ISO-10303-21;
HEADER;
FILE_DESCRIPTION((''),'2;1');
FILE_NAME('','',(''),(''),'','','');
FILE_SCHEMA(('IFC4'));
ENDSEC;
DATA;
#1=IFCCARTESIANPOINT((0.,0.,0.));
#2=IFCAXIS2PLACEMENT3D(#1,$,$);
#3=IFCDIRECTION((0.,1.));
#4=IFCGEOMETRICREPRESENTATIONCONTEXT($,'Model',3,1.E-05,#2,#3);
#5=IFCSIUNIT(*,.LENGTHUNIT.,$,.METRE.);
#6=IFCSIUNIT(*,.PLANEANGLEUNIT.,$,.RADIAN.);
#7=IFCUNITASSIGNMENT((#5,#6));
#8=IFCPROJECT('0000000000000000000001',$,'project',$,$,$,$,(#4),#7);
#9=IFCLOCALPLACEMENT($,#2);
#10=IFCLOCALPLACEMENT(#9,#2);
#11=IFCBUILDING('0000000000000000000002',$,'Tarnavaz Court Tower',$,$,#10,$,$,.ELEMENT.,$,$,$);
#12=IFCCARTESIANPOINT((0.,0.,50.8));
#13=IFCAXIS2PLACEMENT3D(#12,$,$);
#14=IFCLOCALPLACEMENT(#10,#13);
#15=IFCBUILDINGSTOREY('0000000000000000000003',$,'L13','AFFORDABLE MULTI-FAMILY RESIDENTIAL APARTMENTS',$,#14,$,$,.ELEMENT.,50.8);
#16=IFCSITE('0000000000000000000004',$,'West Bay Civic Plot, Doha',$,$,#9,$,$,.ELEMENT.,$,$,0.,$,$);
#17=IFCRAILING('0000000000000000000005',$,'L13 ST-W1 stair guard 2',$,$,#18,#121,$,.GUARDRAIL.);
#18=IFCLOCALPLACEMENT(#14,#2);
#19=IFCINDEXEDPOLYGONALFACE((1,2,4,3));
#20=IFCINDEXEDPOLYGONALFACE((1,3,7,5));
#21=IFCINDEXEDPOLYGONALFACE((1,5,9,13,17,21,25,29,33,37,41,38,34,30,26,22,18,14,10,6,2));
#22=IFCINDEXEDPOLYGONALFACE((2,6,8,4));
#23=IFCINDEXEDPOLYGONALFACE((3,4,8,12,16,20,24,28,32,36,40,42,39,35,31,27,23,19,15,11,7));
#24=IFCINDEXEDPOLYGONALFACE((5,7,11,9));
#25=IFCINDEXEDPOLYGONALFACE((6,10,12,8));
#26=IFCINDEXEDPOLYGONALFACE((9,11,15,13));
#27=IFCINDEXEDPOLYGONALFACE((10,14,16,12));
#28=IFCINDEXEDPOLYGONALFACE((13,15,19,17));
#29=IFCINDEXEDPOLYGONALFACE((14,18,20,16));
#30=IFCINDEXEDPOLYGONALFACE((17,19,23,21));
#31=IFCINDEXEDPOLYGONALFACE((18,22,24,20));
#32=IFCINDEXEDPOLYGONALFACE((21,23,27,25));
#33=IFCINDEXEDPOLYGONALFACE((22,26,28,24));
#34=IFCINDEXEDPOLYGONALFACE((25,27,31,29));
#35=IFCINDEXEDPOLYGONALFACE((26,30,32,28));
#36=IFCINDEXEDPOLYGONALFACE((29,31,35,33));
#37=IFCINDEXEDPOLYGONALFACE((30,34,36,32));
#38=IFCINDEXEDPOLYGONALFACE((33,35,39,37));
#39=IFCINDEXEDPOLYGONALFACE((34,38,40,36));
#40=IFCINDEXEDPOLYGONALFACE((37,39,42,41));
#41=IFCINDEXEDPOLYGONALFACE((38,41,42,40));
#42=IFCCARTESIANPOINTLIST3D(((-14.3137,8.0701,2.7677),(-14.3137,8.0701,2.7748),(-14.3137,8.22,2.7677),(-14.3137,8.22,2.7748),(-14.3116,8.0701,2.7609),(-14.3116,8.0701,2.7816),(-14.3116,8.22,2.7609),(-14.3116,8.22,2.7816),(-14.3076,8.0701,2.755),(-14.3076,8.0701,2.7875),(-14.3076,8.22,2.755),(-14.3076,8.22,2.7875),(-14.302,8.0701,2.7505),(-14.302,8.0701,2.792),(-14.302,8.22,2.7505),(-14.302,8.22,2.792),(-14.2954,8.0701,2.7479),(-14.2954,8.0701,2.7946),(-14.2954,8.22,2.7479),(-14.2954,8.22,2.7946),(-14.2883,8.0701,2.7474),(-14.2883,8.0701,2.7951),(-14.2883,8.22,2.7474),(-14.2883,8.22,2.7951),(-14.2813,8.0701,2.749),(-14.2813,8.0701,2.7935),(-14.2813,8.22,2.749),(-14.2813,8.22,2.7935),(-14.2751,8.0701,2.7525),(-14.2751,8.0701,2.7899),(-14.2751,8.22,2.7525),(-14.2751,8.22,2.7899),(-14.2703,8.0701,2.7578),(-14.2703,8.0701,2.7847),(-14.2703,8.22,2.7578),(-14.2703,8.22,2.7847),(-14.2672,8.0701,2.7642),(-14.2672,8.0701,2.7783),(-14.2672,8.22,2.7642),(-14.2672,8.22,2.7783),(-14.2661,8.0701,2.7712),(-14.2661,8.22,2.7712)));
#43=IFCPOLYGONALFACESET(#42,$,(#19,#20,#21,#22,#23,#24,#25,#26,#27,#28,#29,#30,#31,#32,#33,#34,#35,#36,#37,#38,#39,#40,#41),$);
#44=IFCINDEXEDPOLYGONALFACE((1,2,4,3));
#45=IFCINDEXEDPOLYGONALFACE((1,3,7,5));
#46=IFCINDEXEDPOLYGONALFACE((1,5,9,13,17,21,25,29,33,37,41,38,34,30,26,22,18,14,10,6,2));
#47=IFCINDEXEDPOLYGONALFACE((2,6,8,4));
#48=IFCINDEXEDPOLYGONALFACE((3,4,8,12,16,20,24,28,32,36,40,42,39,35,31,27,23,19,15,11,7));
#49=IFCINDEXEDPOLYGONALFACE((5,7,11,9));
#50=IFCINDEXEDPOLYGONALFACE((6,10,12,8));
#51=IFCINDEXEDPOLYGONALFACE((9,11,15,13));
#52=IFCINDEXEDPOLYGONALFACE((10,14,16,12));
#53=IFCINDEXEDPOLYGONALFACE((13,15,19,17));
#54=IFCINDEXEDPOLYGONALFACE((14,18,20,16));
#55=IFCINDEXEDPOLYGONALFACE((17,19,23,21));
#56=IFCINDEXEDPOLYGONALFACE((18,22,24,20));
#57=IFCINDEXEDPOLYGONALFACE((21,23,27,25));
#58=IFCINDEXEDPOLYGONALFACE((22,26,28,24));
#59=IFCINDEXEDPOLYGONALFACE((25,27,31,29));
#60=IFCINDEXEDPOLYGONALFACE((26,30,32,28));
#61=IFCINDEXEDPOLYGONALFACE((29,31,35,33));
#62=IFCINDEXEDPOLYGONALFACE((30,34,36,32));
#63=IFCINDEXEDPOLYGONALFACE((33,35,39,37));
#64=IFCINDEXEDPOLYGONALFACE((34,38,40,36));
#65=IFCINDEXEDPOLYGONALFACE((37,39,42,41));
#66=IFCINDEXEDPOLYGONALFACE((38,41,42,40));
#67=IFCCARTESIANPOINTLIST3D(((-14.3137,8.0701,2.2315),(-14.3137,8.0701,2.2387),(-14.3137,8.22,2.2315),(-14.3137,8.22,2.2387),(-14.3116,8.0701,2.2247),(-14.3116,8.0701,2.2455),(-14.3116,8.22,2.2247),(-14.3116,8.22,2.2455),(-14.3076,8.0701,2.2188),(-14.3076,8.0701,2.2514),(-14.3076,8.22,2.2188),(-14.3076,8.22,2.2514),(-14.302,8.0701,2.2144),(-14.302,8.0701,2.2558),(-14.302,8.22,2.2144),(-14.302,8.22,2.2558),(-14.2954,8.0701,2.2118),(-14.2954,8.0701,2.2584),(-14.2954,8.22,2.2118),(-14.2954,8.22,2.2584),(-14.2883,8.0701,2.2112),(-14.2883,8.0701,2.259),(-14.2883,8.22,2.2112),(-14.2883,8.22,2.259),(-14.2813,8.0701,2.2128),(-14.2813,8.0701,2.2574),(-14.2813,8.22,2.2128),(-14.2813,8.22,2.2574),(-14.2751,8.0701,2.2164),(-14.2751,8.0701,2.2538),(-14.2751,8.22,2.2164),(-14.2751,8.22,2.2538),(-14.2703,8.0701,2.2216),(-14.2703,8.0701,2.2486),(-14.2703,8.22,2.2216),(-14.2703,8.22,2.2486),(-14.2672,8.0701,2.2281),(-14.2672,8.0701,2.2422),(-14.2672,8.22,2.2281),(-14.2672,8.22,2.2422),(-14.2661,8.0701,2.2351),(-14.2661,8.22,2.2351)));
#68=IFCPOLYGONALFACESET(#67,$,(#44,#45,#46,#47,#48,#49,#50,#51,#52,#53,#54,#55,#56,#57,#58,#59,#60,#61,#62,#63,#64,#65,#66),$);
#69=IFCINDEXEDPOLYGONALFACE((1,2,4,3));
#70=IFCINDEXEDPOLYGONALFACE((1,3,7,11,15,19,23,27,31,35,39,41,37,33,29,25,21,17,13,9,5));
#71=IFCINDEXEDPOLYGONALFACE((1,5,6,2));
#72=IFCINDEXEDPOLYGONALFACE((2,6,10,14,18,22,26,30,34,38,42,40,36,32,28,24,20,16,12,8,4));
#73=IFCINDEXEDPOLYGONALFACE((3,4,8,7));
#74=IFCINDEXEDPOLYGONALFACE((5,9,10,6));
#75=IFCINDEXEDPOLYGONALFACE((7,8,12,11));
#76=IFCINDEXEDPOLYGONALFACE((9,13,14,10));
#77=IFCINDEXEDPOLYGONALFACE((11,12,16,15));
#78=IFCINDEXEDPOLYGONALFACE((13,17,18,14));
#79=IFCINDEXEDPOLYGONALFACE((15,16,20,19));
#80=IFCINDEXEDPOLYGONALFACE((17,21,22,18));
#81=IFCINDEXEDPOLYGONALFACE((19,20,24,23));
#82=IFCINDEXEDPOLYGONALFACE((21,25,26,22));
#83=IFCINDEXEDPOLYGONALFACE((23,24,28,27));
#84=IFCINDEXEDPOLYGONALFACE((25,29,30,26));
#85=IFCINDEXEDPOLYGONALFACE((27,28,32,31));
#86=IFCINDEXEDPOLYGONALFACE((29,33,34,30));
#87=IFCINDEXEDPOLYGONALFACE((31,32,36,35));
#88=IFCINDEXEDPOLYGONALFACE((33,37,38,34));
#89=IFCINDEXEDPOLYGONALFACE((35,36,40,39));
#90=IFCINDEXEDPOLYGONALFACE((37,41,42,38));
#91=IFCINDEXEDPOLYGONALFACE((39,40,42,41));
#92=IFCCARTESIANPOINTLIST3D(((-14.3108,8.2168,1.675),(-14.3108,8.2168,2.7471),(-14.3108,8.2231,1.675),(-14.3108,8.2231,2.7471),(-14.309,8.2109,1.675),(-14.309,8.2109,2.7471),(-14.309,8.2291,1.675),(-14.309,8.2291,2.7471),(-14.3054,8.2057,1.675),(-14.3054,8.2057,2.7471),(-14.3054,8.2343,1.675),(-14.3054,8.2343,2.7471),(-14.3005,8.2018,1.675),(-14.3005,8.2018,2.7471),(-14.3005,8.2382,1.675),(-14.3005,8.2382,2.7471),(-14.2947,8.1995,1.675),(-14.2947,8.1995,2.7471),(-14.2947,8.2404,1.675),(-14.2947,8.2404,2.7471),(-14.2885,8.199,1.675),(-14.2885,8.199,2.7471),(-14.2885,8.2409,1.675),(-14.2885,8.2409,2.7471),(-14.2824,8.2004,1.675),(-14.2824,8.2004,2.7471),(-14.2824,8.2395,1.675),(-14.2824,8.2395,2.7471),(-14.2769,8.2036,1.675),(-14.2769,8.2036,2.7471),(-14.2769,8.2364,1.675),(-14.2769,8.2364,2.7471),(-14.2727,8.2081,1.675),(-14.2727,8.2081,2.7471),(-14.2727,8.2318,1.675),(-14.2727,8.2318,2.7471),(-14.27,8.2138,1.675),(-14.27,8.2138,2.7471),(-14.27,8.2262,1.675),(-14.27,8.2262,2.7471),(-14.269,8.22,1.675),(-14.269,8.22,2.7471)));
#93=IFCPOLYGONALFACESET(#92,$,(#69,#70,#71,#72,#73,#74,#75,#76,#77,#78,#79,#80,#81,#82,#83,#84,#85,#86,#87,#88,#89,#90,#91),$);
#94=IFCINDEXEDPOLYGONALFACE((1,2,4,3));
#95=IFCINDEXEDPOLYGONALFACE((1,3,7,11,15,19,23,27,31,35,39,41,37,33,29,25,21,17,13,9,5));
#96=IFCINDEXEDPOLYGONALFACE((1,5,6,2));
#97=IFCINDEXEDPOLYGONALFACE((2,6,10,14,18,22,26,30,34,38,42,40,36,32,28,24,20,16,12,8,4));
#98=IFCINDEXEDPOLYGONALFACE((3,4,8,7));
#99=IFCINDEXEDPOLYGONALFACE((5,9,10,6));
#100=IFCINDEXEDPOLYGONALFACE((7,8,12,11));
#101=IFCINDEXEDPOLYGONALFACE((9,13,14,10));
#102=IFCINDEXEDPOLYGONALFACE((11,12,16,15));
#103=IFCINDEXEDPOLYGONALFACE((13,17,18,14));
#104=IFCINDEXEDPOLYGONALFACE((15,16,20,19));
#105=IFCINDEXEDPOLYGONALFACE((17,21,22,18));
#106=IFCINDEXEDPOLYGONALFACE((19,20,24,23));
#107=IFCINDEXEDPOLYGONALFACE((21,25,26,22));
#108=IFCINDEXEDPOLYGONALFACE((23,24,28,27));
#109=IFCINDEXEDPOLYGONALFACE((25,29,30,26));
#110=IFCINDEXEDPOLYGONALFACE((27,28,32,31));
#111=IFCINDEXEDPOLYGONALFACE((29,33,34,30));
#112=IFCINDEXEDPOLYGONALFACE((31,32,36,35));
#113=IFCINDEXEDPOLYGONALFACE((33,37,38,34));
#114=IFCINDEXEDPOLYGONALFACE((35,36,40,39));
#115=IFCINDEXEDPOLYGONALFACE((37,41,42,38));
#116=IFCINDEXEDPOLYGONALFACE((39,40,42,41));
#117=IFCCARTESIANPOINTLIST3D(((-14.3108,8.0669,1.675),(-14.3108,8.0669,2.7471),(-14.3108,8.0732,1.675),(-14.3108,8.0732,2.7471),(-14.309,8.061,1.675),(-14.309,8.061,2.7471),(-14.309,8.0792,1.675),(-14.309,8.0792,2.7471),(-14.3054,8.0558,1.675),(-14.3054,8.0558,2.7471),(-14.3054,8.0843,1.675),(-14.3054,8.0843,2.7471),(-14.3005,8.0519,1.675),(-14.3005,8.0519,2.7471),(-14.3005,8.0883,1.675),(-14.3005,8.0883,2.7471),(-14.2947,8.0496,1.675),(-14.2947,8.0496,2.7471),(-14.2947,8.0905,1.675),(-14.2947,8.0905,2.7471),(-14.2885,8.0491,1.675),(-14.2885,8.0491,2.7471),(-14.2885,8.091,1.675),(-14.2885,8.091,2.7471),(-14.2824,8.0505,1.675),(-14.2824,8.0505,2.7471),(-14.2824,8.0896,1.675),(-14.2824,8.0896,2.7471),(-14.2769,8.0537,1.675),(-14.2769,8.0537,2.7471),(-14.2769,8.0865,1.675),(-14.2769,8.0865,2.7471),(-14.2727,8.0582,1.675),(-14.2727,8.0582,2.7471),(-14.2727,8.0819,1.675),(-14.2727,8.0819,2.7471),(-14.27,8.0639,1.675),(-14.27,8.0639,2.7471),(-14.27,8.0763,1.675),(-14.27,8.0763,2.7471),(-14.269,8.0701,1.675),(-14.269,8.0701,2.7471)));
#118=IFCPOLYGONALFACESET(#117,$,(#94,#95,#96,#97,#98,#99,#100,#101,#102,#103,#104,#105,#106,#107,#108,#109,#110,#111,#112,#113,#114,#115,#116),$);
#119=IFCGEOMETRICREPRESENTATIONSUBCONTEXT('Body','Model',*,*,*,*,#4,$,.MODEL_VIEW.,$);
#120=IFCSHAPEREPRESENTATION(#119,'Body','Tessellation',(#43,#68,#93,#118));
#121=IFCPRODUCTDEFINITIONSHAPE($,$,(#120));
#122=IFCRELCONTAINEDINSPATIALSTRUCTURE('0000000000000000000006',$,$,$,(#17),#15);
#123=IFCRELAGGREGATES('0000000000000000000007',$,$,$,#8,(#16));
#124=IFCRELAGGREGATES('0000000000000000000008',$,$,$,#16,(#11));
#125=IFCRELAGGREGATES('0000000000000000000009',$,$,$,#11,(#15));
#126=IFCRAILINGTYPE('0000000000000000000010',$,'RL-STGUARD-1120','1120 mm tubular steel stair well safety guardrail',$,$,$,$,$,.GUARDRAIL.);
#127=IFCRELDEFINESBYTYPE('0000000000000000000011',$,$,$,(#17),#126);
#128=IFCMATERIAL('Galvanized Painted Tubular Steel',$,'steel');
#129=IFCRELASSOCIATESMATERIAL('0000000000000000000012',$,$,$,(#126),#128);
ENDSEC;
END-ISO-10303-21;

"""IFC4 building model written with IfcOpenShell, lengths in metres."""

from ifc_helpers import new_model, si_unit, direction, frame, origin, origin_2d, place, context, subcontext, project, spatial, circle, extrude, material, type_object, element, save


model = new_model("IFC4")

# Units and contexts
model_context = context("Model", 3, precision=1e-05, world=origin(), true_north=direction((0.0, 1.0)))
body_context = subcontext(model_context, "Body", "Model", "MODEL_VIEW")
ifc_project = project(units=[si_unit("LENGTHUNIT", "METRE"), si_unit("PLANEANGLEUNIT", "RADIAN")], contexts=[model_context])

# Site, building, storey
site_placement = place(None, origin())
site = spatial("IfcSite", under=ifc_project, at=site_placement, Name="West Bay Civic Plot, Doha", CompositionType="ELEMENT", RefElevation=0.0)
building_placement = place(site_placement, origin())
building = spatial("IfcBuilding", under=site, at=building_placement, Name="Tarnavaz Court Tower", CompositionType="ELEMENT")
storey_placement = place(building_placement, frame((0.0, 0.0, 50.8)))
storey = spatial("IfcBuildingStorey", under=building, at=storey_placement, Name="L13", Description="AFFORDABLE MULTI-FAMILY RESIDENTIAL APARTMENTS", CompositionType="ELEMENT", Elevation=50.8)

# Railing
ifc_material_1 = material(Name="Galvanized Painted Tubular Steel", Category="steel")
railing_type_1 = type_object("IfcRailingType", Name="RL-STGUARD-1120", Description="1120 mm tubular steel stair well safety guardrail", PredefinedType="GUARDRAIL", material=ifc_material_1)
railing_1_placement = place(storey_placement, frame((-14.29, 8.22, 1.675)))
element("IfcRailing", 1, at=railing_1_placement, inside=storey, type_object=railing_type_1, Name="L13 ST-W1 stair guard 2", PredefinedType="GUARDRAIL", context=body_context, shape_type="SweptSolid", body=[
    extrude(circle(Radius=0.0239, at=origin_2d()), frame((0.0, 0.0, 1.0962), z_axis=(0.0, -1.0, 0.0), x_axis=(1.0, 0.0, 0.0)), (0.0, 0.0, 1.0), 0.1499),
    extrude(circle(Radius=0.0239, at=origin_2d()), frame((0.0, 0.0, 0.5601), z_axis=(0.0, -1.0, 0.0), x_axis=(1.0, 0.0, 0.0)), (0.0, 0.0, 1.0), 0.1499),
    extrude(circle(Radius=0.021, at=origin_2d()), origin(), (0.0, 0.0, 1.0), 1.072),
    extrude(circle(Radius=0.021, at=origin_2d()), frame((0.0, -0.1499, 0.0)), (0.0, 0.0, 1.0), 1.072),
])

save(model, "model.ifc")
